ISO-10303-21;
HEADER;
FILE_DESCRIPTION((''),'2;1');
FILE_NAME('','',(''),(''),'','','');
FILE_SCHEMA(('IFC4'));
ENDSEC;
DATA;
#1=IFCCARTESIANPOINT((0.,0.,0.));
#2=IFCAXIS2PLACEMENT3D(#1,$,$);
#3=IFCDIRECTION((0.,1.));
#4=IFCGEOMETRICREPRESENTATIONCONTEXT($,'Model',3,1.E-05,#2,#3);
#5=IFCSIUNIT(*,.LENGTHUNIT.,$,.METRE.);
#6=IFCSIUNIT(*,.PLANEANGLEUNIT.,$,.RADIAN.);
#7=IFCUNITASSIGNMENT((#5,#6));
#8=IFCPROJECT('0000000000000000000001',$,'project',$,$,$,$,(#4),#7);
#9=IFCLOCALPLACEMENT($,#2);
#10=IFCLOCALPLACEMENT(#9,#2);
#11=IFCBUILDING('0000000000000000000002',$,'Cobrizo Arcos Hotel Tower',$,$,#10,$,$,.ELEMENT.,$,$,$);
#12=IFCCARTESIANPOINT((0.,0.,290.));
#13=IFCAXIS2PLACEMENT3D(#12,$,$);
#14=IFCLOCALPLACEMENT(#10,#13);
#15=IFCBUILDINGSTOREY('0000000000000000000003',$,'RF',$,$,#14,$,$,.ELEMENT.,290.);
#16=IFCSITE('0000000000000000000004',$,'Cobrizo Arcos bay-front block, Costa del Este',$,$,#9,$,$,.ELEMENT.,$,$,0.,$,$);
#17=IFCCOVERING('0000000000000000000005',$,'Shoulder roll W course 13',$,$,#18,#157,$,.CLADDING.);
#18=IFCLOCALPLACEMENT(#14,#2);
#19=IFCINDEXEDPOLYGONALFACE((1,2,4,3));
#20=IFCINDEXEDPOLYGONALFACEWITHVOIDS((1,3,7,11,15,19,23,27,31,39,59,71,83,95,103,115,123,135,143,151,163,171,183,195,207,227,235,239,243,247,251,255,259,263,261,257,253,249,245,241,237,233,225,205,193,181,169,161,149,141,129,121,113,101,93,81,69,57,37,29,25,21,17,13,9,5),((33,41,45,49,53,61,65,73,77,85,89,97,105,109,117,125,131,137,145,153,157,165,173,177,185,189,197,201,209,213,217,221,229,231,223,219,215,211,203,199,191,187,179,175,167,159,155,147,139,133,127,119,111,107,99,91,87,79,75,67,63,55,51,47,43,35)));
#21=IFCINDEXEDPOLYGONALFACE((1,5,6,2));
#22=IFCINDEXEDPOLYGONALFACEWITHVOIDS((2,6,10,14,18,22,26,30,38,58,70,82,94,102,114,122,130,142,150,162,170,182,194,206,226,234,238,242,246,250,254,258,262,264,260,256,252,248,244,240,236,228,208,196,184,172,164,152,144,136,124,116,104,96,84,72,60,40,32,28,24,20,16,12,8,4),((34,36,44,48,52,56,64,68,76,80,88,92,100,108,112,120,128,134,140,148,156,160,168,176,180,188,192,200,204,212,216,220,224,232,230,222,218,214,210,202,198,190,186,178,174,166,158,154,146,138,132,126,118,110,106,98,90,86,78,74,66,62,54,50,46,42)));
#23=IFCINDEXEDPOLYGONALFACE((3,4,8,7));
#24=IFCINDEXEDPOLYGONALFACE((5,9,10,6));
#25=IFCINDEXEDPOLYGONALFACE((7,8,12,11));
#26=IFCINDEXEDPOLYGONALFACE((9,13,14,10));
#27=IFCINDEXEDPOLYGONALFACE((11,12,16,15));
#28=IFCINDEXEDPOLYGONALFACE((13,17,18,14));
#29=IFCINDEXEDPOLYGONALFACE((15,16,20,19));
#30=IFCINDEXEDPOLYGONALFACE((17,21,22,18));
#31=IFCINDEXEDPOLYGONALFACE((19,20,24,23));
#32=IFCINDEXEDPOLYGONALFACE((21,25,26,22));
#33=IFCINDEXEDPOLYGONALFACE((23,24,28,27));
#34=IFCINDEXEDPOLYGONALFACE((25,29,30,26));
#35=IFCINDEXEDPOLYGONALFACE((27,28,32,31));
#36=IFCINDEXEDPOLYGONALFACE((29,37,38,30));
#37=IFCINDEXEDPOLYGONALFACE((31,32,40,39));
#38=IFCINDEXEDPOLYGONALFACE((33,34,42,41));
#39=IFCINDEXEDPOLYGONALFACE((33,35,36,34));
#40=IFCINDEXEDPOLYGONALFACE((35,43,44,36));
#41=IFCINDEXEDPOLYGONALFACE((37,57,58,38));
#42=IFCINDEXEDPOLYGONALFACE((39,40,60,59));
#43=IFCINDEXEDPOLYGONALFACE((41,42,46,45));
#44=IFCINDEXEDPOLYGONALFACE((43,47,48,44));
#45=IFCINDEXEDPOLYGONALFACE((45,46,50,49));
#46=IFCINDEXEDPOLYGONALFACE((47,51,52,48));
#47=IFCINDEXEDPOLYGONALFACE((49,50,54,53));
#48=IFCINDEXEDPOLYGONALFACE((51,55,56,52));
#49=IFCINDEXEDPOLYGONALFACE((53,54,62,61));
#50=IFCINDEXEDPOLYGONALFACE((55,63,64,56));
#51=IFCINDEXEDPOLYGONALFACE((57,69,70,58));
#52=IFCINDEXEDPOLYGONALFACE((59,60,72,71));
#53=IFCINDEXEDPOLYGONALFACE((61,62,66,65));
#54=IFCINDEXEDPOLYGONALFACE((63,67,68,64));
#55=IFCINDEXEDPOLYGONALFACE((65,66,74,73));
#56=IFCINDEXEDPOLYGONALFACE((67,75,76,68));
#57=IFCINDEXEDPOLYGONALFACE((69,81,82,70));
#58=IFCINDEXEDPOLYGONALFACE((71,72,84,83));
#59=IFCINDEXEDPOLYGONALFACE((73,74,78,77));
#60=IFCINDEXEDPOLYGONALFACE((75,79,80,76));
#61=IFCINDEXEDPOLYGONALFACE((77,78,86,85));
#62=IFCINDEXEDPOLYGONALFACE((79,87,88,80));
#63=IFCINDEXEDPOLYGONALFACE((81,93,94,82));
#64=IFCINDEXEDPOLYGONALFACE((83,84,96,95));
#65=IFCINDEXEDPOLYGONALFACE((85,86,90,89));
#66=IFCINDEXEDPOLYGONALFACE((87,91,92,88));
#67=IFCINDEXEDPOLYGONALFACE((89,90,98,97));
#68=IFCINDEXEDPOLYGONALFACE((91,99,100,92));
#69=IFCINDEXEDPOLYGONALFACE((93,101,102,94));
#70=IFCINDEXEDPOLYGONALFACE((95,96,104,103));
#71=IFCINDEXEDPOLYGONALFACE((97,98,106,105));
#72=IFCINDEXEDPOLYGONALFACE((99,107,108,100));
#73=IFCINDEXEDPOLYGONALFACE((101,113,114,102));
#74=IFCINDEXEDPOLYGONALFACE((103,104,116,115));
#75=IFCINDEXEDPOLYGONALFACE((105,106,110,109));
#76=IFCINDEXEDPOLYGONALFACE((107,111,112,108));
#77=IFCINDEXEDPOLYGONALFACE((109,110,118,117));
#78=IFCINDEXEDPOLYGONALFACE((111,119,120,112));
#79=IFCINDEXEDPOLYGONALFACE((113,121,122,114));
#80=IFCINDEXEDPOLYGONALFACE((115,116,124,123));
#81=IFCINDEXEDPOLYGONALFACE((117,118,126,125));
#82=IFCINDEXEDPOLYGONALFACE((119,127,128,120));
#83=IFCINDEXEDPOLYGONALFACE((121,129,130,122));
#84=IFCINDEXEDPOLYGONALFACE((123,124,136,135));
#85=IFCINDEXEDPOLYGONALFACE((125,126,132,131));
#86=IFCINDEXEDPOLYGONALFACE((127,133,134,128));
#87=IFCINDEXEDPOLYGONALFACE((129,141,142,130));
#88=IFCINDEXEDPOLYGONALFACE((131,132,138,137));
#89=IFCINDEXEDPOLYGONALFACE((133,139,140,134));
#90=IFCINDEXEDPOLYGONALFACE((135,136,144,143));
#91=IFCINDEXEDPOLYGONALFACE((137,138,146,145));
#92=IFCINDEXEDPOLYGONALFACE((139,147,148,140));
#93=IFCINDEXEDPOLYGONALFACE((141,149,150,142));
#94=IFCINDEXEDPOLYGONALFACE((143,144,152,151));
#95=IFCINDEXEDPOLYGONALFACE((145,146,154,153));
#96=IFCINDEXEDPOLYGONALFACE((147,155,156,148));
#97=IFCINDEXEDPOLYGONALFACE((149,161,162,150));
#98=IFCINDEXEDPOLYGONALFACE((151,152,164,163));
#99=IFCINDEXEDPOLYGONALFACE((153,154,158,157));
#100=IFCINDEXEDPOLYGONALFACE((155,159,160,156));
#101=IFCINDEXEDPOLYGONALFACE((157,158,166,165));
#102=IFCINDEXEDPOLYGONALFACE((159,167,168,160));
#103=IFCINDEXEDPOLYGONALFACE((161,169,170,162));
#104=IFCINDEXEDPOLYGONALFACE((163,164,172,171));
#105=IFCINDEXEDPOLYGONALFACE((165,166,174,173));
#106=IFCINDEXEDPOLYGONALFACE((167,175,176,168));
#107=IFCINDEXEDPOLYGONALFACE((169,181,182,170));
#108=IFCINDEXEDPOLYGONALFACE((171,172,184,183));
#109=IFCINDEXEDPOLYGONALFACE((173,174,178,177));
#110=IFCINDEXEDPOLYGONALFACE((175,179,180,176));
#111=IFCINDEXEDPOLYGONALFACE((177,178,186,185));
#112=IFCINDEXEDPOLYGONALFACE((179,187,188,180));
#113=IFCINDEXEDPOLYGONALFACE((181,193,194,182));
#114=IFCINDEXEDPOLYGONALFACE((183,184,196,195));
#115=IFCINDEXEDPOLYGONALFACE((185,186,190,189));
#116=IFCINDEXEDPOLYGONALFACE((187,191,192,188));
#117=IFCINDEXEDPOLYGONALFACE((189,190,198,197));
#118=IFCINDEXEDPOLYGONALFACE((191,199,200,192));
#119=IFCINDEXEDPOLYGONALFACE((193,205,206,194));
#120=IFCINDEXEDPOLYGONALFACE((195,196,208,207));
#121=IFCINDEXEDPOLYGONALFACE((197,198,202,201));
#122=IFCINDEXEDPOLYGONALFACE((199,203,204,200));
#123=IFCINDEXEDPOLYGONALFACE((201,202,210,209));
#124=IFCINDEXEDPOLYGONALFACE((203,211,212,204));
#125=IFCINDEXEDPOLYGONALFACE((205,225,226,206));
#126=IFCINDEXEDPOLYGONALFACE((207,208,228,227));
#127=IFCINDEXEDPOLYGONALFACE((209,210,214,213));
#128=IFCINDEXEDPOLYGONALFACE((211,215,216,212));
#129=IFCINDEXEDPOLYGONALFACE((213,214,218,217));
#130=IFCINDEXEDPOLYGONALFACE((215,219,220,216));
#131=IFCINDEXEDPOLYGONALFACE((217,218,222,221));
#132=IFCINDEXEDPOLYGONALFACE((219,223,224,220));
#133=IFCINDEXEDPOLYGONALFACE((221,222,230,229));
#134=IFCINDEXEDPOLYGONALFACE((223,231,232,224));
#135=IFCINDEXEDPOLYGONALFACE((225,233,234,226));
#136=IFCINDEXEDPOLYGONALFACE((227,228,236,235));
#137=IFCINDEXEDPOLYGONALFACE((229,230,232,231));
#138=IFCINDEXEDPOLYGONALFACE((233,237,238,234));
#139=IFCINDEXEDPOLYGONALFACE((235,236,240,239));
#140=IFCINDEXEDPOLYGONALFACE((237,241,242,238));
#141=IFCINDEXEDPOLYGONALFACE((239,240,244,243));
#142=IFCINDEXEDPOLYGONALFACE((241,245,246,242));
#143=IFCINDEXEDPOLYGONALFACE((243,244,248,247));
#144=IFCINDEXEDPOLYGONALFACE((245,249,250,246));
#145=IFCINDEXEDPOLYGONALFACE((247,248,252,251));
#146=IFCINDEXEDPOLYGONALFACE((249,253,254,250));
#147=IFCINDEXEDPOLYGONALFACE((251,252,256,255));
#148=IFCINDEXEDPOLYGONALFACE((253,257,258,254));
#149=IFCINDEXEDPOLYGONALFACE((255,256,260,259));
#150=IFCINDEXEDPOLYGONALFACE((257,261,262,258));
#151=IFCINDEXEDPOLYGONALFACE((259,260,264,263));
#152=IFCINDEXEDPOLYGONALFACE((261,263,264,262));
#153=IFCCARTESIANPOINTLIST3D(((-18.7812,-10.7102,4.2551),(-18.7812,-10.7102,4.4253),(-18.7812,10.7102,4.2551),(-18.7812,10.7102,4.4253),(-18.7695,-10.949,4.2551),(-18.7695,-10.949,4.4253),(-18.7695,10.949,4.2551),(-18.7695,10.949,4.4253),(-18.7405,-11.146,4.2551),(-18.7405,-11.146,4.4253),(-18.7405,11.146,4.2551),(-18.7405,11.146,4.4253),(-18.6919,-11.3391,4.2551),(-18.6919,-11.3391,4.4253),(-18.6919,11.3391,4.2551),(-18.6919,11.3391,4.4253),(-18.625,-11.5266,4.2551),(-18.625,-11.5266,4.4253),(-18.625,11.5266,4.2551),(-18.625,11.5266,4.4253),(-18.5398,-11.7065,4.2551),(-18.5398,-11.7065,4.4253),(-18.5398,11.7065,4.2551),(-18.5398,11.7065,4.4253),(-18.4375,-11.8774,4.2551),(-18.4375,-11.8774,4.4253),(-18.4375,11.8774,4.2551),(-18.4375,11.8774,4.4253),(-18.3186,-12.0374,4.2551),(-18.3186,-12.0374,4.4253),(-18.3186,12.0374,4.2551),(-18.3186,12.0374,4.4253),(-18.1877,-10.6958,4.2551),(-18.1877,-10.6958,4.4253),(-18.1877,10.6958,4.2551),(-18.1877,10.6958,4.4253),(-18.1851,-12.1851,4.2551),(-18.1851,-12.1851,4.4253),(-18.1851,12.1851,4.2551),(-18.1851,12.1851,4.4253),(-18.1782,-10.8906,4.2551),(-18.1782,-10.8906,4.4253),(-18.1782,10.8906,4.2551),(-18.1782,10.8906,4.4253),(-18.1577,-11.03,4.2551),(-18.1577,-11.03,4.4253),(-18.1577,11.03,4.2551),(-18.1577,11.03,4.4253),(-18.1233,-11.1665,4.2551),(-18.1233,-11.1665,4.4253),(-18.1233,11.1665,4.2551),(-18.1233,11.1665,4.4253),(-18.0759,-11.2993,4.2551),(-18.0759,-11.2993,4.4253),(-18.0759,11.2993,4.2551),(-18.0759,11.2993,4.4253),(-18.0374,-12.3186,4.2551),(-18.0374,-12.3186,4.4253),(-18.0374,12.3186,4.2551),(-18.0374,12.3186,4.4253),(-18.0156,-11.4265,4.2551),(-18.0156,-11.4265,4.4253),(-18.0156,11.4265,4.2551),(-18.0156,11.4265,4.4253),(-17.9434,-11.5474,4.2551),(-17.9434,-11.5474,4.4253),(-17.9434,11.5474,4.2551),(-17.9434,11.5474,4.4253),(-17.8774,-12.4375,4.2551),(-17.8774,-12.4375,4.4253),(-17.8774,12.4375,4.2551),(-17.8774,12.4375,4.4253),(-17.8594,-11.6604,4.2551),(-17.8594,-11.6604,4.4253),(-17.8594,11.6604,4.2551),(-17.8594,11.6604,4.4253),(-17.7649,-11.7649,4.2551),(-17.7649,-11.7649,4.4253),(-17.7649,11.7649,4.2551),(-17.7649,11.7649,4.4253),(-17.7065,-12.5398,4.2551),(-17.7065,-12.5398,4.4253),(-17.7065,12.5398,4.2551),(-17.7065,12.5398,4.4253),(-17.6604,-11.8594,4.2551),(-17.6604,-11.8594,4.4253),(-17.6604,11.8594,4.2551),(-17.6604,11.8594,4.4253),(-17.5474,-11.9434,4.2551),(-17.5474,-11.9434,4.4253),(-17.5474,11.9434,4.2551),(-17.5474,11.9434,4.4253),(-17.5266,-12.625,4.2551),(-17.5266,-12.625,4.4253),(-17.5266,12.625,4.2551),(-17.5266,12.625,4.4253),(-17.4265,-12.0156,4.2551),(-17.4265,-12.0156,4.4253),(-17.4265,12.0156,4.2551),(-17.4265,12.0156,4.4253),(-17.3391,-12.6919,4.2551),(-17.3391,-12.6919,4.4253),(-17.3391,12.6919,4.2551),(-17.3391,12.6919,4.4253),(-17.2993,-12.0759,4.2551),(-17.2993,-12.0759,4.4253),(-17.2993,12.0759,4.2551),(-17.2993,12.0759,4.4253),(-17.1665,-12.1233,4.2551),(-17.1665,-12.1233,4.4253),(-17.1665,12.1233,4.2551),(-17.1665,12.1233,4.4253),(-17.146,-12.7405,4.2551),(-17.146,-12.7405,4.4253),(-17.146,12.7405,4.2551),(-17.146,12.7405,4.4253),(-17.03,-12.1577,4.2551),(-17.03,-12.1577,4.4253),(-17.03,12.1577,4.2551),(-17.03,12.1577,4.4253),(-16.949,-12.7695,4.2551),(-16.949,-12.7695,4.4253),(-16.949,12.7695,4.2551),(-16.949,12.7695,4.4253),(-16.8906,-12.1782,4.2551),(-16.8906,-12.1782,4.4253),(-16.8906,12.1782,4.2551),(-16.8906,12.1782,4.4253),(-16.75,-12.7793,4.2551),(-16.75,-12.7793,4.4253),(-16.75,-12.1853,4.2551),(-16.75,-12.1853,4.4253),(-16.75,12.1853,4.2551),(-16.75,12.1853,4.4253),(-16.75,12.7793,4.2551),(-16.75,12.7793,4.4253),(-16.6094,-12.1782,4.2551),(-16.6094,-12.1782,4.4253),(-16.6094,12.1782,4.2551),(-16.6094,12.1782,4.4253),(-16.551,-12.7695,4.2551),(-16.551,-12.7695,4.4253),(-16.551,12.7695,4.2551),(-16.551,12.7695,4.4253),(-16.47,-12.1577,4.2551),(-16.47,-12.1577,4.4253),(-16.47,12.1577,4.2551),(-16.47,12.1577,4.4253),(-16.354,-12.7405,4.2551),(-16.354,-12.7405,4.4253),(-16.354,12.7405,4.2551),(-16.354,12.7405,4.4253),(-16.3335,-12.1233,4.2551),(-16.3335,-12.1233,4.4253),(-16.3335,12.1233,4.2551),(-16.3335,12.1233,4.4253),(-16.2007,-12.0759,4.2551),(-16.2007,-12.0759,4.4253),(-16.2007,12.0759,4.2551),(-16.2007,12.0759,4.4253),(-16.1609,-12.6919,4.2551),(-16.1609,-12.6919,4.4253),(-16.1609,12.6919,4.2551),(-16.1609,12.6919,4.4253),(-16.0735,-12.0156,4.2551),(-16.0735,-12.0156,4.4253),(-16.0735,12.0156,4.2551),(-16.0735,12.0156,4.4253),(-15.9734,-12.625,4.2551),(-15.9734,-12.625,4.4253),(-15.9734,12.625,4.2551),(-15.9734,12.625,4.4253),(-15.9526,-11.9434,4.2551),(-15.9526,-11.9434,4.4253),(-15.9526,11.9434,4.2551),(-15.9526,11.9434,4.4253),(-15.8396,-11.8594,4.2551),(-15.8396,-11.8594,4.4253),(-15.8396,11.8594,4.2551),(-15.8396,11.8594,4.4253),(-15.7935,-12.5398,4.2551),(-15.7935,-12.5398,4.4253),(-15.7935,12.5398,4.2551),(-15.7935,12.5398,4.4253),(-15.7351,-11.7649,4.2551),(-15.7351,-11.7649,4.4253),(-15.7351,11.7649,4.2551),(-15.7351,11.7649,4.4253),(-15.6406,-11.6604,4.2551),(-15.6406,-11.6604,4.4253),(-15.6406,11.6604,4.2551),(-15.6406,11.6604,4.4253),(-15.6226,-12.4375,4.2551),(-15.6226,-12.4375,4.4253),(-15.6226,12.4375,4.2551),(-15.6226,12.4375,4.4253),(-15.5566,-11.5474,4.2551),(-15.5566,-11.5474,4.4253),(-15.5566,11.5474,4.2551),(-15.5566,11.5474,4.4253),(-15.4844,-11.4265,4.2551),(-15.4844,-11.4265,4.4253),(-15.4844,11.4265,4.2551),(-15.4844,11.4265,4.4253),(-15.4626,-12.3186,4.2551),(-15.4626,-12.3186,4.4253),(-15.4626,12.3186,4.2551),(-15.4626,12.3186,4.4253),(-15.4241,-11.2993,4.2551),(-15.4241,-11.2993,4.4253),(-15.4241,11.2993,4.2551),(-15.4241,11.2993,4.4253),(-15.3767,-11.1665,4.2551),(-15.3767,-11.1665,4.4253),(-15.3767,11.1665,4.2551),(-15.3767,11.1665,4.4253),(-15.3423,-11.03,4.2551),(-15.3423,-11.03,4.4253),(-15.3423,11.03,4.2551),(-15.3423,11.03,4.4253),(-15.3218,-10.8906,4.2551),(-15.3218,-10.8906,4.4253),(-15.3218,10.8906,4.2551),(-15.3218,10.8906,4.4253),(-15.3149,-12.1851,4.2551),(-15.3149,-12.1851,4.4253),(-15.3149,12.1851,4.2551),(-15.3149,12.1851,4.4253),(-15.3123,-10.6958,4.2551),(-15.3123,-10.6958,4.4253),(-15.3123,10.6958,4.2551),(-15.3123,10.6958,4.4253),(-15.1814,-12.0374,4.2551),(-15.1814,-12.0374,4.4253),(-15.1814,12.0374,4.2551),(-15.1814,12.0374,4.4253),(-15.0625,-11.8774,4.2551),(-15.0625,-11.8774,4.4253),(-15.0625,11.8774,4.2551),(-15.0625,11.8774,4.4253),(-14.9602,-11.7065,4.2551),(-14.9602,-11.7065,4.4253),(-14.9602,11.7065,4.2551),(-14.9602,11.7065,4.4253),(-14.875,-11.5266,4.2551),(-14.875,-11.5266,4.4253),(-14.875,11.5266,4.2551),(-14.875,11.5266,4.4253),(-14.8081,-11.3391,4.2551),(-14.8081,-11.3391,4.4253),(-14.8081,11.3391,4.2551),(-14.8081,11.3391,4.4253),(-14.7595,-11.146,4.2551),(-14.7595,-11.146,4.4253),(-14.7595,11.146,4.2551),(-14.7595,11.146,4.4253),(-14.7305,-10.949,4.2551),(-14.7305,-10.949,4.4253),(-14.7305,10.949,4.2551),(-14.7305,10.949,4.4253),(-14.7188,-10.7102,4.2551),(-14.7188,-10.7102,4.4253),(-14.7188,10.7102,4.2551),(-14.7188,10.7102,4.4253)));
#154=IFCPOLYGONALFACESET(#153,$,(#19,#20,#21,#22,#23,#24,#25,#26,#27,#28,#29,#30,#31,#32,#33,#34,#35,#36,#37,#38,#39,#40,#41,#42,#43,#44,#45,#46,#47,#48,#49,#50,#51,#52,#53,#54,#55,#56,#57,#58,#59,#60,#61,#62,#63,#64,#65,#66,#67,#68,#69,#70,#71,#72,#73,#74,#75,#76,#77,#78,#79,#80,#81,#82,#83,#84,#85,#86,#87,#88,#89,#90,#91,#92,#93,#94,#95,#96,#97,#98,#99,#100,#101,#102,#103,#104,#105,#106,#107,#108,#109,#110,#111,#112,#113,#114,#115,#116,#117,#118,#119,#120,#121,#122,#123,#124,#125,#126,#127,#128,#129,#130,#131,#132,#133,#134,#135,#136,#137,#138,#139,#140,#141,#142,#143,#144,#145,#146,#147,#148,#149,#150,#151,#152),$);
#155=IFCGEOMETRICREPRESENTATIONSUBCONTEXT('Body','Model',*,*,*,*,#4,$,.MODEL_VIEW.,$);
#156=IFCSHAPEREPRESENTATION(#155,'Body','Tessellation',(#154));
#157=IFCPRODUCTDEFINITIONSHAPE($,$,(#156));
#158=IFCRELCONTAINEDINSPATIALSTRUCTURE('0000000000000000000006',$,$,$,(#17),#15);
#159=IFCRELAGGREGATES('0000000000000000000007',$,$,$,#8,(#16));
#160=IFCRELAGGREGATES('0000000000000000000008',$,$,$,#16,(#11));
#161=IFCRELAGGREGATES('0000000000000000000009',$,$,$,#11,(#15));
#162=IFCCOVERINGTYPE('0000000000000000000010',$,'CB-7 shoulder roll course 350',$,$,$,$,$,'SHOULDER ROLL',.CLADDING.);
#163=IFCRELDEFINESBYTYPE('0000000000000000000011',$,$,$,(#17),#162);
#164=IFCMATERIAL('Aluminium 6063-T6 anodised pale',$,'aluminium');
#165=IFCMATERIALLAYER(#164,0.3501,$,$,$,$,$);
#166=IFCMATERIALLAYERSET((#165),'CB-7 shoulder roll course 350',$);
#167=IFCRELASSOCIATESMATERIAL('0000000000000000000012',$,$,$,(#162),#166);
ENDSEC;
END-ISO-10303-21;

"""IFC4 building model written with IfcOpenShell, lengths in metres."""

from ifc_helpers import new_model, si_unit, direction, frame, origin, place, context, subcontext, project, spatial, polyline, outline, extrude, material, layer, layer_set, type_object, element, save


model = new_model("IFC4")

# Units and contexts
model_context = context("Model", 3, precision=1e-05, world=origin(), true_north=direction((0.0, 1.0)))
body_context = subcontext(model_context, "Body", "Model", "MODEL_VIEW")
ifc_project = project(units=[si_unit("LENGTHUNIT", "METRE"), si_unit("PLANEANGLEUNIT", "RADIAN")], contexts=[model_context])

# Site, building, storey
site_placement = place(None, origin())
site = spatial("IfcSite", under=ifc_project, at=site_placement, Name="Cobrizo Arcos bay-front block, Costa del Este", CompositionType="ELEMENT", RefElevation=0.0)
building_placement = place(site_placement, origin())
building = spatial("IfcBuilding", under=site, at=building_placement, Name="Cobrizo Arcos Hotel Tower", CompositionType="ELEMENT")
storey_placement = place(building_placement, frame((0.0, 0.0, 290.0)))
storey = spatial("IfcBuildingStorey", under=building, at=storey_placement, Name="RF", CompositionType="ELEMENT", Elevation=290.0)

# Covering
ifc_material_1 = material(Name="Aluminium 6063-T6 anodised pale", Category="aluminium")
ifc_layer_1 = layer(ifc_material_1, 0.3501)
ifc_layer_set_1 = layer_set([ifc_layer_1], Name="CB-7 shoulder roll course 350")
covering_type_1 = type_object("IfcCoveringType", Name="CB-7 shoulder roll course 350", ElementType="SHOULDER ROLL", PredefinedType="CLADDING", material=ifc_layer_set_1)
covering_1_placement = place(storey_placement, frame((0.0, 0.0, 4.2551)))
element("IfcCovering", 1, at=covering_1_placement, inside=storey, type_object=covering_type_1, Name="Shoulder roll W course 13", PredefinedType="CLADDING", context=body_context, shape_type="SweptSolid", body=[
    extrude(outline(polyline([(-18.7812, 10.7102), (-18.7695, 10.949), (-18.7405, 11.146), (-18.6919, 11.3391), (-18.625, 11.5266), (-18.5398, 11.7065), (-18.4375, 11.8774), (-18.3186, 12.0374), (-18.1851, 12.1851), (-18.0374, 12.3186), (-17.8774, 12.4375), (-17.7065, 12.5398), (-17.5266, 12.625), (-17.3391, 12.6919), (-17.146, 12.7405), (-16.949, 12.7695), (-16.75, 12.7793), (-16.551, 12.7695), (-16.354, 12.7405), (-16.1609, 12.6919), (-15.9734, 12.625), (-15.7935, 12.5398), (-15.6226, 12.4375), (-15.4626, 12.3186), (-15.3149, 12.1851), (-15.1814, 12.0374), (-15.0625, 11.8774), (-14.9602, 11.7065), (-14.875, 11.5266), (-14.8081, 11.3391), (-14.7595, 11.146), (-14.7305, 10.949), (-14.7188, 10.7102), (-14.7188, -10.7102), (-14.7305, -10.949), (-14.7595, -11.146), (-14.8081, -11.3391), (-14.875, -11.5266), (-14.9602, -11.7065), (-15.0625, -11.8774), (-15.1814, -12.0374), (-15.3149, -12.1851), (-15.4626, -12.3186), (-15.6226, -12.4375), (-15.7935, -12.5398), (-15.9734, -12.625), (-16.1609, -12.6919), (-16.354, -12.7405), (-16.551, -12.7695), (-16.75, -12.7793), (-16.949, -12.7695), (-17.146, -12.7405), (-17.3391, -12.6919), (-17.5266, -12.625), (-17.7065, -12.5398), (-17.8774, -12.4375), (-18.0374, -12.3186), (-18.1851, -12.1851), (-18.3186, -12.0374), (-18.4375, -11.8774), (-18.5398, -11.7065), (-18.625, -11.5266), (-18.6919, -11.3391), (-18.7405, -11.146), (-18.7695, -10.949), (-18.7812, -10.7102), (-18.7812, 10.7102)]), holes=[polyline([(-18.1877, 10.6958), (-18.1782, 10.8906), (-18.1577, 11.03), (-18.1233, 11.1665), (-18.0759, 11.2993), (-18.0156, 11.4265), (-17.9434, 11.5474), (-17.8594, 11.6604), (-17.7649, 11.7649), (-17.6604, 11.8594), (-17.5474, 11.9434), (-17.4265, 12.0156), (-17.2993, 12.0759), (-17.1665, 12.1233), (-17.03, 12.1577), (-16.8906, 12.1782), (-16.75, 12.1853), (-16.6094, 12.1782), (-16.47, 12.1577), (-16.3335, 12.1233), (-16.2007, 12.0759), (-16.0735, 12.0156), (-15.9526, 11.9434), (-15.8396, 11.8594), (-15.7351, 11.7649), (-15.6406, 11.6604), (-15.5566, 11.5474), (-15.4844, 11.4265), (-15.4241, 11.2993), (-15.3767, 11.1665), (-15.3423, 11.03), (-15.3218, 10.8906), (-15.3123, 10.6958), (-15.3123, -10.6958), (-15.3218, -10.8906), (-15.3423, -11.03), (-15.3767, -11.1665), (-15.4241, -11.2993), (-15.4844, -11.4265), (-15.5566, -11.5474), (-15.6406, -11.6604), (-15.7351, -11.7649), (-15.8396, -11.8594), (-15.9526, -11.9434), (-16.0735, -12.0156), (-16.2007, -12.0759), (-16.3335, -12.1233), (-16.47, -12.1577), (-16.6094, -12.1782), (-16.75, -12.1853), (-16.8906, -12.1782), (-17.03, -12.1577), (-17.1665, -12.1233), (-17.2993, -12.0759), (-17.4265, -12.0156), (-17.5474, -11.9434), (-17.6604, -11.8594), (-17.7649, -11.7649), (-17.8594, -11.6604), (-17.9434, -11.5474), (-18.0156, -11.4265), (-18.0759, -11.2993), (-18.1233, -11.1665), (-18.1577, -11.03), (-18.1782, -10.8906), (-18.1877, -10.6958), (-18.1877, 10.6958)])]), origin(), (0.0, 0.0, 1.0), 0.1702),
])

save(model, "model.ifc")
